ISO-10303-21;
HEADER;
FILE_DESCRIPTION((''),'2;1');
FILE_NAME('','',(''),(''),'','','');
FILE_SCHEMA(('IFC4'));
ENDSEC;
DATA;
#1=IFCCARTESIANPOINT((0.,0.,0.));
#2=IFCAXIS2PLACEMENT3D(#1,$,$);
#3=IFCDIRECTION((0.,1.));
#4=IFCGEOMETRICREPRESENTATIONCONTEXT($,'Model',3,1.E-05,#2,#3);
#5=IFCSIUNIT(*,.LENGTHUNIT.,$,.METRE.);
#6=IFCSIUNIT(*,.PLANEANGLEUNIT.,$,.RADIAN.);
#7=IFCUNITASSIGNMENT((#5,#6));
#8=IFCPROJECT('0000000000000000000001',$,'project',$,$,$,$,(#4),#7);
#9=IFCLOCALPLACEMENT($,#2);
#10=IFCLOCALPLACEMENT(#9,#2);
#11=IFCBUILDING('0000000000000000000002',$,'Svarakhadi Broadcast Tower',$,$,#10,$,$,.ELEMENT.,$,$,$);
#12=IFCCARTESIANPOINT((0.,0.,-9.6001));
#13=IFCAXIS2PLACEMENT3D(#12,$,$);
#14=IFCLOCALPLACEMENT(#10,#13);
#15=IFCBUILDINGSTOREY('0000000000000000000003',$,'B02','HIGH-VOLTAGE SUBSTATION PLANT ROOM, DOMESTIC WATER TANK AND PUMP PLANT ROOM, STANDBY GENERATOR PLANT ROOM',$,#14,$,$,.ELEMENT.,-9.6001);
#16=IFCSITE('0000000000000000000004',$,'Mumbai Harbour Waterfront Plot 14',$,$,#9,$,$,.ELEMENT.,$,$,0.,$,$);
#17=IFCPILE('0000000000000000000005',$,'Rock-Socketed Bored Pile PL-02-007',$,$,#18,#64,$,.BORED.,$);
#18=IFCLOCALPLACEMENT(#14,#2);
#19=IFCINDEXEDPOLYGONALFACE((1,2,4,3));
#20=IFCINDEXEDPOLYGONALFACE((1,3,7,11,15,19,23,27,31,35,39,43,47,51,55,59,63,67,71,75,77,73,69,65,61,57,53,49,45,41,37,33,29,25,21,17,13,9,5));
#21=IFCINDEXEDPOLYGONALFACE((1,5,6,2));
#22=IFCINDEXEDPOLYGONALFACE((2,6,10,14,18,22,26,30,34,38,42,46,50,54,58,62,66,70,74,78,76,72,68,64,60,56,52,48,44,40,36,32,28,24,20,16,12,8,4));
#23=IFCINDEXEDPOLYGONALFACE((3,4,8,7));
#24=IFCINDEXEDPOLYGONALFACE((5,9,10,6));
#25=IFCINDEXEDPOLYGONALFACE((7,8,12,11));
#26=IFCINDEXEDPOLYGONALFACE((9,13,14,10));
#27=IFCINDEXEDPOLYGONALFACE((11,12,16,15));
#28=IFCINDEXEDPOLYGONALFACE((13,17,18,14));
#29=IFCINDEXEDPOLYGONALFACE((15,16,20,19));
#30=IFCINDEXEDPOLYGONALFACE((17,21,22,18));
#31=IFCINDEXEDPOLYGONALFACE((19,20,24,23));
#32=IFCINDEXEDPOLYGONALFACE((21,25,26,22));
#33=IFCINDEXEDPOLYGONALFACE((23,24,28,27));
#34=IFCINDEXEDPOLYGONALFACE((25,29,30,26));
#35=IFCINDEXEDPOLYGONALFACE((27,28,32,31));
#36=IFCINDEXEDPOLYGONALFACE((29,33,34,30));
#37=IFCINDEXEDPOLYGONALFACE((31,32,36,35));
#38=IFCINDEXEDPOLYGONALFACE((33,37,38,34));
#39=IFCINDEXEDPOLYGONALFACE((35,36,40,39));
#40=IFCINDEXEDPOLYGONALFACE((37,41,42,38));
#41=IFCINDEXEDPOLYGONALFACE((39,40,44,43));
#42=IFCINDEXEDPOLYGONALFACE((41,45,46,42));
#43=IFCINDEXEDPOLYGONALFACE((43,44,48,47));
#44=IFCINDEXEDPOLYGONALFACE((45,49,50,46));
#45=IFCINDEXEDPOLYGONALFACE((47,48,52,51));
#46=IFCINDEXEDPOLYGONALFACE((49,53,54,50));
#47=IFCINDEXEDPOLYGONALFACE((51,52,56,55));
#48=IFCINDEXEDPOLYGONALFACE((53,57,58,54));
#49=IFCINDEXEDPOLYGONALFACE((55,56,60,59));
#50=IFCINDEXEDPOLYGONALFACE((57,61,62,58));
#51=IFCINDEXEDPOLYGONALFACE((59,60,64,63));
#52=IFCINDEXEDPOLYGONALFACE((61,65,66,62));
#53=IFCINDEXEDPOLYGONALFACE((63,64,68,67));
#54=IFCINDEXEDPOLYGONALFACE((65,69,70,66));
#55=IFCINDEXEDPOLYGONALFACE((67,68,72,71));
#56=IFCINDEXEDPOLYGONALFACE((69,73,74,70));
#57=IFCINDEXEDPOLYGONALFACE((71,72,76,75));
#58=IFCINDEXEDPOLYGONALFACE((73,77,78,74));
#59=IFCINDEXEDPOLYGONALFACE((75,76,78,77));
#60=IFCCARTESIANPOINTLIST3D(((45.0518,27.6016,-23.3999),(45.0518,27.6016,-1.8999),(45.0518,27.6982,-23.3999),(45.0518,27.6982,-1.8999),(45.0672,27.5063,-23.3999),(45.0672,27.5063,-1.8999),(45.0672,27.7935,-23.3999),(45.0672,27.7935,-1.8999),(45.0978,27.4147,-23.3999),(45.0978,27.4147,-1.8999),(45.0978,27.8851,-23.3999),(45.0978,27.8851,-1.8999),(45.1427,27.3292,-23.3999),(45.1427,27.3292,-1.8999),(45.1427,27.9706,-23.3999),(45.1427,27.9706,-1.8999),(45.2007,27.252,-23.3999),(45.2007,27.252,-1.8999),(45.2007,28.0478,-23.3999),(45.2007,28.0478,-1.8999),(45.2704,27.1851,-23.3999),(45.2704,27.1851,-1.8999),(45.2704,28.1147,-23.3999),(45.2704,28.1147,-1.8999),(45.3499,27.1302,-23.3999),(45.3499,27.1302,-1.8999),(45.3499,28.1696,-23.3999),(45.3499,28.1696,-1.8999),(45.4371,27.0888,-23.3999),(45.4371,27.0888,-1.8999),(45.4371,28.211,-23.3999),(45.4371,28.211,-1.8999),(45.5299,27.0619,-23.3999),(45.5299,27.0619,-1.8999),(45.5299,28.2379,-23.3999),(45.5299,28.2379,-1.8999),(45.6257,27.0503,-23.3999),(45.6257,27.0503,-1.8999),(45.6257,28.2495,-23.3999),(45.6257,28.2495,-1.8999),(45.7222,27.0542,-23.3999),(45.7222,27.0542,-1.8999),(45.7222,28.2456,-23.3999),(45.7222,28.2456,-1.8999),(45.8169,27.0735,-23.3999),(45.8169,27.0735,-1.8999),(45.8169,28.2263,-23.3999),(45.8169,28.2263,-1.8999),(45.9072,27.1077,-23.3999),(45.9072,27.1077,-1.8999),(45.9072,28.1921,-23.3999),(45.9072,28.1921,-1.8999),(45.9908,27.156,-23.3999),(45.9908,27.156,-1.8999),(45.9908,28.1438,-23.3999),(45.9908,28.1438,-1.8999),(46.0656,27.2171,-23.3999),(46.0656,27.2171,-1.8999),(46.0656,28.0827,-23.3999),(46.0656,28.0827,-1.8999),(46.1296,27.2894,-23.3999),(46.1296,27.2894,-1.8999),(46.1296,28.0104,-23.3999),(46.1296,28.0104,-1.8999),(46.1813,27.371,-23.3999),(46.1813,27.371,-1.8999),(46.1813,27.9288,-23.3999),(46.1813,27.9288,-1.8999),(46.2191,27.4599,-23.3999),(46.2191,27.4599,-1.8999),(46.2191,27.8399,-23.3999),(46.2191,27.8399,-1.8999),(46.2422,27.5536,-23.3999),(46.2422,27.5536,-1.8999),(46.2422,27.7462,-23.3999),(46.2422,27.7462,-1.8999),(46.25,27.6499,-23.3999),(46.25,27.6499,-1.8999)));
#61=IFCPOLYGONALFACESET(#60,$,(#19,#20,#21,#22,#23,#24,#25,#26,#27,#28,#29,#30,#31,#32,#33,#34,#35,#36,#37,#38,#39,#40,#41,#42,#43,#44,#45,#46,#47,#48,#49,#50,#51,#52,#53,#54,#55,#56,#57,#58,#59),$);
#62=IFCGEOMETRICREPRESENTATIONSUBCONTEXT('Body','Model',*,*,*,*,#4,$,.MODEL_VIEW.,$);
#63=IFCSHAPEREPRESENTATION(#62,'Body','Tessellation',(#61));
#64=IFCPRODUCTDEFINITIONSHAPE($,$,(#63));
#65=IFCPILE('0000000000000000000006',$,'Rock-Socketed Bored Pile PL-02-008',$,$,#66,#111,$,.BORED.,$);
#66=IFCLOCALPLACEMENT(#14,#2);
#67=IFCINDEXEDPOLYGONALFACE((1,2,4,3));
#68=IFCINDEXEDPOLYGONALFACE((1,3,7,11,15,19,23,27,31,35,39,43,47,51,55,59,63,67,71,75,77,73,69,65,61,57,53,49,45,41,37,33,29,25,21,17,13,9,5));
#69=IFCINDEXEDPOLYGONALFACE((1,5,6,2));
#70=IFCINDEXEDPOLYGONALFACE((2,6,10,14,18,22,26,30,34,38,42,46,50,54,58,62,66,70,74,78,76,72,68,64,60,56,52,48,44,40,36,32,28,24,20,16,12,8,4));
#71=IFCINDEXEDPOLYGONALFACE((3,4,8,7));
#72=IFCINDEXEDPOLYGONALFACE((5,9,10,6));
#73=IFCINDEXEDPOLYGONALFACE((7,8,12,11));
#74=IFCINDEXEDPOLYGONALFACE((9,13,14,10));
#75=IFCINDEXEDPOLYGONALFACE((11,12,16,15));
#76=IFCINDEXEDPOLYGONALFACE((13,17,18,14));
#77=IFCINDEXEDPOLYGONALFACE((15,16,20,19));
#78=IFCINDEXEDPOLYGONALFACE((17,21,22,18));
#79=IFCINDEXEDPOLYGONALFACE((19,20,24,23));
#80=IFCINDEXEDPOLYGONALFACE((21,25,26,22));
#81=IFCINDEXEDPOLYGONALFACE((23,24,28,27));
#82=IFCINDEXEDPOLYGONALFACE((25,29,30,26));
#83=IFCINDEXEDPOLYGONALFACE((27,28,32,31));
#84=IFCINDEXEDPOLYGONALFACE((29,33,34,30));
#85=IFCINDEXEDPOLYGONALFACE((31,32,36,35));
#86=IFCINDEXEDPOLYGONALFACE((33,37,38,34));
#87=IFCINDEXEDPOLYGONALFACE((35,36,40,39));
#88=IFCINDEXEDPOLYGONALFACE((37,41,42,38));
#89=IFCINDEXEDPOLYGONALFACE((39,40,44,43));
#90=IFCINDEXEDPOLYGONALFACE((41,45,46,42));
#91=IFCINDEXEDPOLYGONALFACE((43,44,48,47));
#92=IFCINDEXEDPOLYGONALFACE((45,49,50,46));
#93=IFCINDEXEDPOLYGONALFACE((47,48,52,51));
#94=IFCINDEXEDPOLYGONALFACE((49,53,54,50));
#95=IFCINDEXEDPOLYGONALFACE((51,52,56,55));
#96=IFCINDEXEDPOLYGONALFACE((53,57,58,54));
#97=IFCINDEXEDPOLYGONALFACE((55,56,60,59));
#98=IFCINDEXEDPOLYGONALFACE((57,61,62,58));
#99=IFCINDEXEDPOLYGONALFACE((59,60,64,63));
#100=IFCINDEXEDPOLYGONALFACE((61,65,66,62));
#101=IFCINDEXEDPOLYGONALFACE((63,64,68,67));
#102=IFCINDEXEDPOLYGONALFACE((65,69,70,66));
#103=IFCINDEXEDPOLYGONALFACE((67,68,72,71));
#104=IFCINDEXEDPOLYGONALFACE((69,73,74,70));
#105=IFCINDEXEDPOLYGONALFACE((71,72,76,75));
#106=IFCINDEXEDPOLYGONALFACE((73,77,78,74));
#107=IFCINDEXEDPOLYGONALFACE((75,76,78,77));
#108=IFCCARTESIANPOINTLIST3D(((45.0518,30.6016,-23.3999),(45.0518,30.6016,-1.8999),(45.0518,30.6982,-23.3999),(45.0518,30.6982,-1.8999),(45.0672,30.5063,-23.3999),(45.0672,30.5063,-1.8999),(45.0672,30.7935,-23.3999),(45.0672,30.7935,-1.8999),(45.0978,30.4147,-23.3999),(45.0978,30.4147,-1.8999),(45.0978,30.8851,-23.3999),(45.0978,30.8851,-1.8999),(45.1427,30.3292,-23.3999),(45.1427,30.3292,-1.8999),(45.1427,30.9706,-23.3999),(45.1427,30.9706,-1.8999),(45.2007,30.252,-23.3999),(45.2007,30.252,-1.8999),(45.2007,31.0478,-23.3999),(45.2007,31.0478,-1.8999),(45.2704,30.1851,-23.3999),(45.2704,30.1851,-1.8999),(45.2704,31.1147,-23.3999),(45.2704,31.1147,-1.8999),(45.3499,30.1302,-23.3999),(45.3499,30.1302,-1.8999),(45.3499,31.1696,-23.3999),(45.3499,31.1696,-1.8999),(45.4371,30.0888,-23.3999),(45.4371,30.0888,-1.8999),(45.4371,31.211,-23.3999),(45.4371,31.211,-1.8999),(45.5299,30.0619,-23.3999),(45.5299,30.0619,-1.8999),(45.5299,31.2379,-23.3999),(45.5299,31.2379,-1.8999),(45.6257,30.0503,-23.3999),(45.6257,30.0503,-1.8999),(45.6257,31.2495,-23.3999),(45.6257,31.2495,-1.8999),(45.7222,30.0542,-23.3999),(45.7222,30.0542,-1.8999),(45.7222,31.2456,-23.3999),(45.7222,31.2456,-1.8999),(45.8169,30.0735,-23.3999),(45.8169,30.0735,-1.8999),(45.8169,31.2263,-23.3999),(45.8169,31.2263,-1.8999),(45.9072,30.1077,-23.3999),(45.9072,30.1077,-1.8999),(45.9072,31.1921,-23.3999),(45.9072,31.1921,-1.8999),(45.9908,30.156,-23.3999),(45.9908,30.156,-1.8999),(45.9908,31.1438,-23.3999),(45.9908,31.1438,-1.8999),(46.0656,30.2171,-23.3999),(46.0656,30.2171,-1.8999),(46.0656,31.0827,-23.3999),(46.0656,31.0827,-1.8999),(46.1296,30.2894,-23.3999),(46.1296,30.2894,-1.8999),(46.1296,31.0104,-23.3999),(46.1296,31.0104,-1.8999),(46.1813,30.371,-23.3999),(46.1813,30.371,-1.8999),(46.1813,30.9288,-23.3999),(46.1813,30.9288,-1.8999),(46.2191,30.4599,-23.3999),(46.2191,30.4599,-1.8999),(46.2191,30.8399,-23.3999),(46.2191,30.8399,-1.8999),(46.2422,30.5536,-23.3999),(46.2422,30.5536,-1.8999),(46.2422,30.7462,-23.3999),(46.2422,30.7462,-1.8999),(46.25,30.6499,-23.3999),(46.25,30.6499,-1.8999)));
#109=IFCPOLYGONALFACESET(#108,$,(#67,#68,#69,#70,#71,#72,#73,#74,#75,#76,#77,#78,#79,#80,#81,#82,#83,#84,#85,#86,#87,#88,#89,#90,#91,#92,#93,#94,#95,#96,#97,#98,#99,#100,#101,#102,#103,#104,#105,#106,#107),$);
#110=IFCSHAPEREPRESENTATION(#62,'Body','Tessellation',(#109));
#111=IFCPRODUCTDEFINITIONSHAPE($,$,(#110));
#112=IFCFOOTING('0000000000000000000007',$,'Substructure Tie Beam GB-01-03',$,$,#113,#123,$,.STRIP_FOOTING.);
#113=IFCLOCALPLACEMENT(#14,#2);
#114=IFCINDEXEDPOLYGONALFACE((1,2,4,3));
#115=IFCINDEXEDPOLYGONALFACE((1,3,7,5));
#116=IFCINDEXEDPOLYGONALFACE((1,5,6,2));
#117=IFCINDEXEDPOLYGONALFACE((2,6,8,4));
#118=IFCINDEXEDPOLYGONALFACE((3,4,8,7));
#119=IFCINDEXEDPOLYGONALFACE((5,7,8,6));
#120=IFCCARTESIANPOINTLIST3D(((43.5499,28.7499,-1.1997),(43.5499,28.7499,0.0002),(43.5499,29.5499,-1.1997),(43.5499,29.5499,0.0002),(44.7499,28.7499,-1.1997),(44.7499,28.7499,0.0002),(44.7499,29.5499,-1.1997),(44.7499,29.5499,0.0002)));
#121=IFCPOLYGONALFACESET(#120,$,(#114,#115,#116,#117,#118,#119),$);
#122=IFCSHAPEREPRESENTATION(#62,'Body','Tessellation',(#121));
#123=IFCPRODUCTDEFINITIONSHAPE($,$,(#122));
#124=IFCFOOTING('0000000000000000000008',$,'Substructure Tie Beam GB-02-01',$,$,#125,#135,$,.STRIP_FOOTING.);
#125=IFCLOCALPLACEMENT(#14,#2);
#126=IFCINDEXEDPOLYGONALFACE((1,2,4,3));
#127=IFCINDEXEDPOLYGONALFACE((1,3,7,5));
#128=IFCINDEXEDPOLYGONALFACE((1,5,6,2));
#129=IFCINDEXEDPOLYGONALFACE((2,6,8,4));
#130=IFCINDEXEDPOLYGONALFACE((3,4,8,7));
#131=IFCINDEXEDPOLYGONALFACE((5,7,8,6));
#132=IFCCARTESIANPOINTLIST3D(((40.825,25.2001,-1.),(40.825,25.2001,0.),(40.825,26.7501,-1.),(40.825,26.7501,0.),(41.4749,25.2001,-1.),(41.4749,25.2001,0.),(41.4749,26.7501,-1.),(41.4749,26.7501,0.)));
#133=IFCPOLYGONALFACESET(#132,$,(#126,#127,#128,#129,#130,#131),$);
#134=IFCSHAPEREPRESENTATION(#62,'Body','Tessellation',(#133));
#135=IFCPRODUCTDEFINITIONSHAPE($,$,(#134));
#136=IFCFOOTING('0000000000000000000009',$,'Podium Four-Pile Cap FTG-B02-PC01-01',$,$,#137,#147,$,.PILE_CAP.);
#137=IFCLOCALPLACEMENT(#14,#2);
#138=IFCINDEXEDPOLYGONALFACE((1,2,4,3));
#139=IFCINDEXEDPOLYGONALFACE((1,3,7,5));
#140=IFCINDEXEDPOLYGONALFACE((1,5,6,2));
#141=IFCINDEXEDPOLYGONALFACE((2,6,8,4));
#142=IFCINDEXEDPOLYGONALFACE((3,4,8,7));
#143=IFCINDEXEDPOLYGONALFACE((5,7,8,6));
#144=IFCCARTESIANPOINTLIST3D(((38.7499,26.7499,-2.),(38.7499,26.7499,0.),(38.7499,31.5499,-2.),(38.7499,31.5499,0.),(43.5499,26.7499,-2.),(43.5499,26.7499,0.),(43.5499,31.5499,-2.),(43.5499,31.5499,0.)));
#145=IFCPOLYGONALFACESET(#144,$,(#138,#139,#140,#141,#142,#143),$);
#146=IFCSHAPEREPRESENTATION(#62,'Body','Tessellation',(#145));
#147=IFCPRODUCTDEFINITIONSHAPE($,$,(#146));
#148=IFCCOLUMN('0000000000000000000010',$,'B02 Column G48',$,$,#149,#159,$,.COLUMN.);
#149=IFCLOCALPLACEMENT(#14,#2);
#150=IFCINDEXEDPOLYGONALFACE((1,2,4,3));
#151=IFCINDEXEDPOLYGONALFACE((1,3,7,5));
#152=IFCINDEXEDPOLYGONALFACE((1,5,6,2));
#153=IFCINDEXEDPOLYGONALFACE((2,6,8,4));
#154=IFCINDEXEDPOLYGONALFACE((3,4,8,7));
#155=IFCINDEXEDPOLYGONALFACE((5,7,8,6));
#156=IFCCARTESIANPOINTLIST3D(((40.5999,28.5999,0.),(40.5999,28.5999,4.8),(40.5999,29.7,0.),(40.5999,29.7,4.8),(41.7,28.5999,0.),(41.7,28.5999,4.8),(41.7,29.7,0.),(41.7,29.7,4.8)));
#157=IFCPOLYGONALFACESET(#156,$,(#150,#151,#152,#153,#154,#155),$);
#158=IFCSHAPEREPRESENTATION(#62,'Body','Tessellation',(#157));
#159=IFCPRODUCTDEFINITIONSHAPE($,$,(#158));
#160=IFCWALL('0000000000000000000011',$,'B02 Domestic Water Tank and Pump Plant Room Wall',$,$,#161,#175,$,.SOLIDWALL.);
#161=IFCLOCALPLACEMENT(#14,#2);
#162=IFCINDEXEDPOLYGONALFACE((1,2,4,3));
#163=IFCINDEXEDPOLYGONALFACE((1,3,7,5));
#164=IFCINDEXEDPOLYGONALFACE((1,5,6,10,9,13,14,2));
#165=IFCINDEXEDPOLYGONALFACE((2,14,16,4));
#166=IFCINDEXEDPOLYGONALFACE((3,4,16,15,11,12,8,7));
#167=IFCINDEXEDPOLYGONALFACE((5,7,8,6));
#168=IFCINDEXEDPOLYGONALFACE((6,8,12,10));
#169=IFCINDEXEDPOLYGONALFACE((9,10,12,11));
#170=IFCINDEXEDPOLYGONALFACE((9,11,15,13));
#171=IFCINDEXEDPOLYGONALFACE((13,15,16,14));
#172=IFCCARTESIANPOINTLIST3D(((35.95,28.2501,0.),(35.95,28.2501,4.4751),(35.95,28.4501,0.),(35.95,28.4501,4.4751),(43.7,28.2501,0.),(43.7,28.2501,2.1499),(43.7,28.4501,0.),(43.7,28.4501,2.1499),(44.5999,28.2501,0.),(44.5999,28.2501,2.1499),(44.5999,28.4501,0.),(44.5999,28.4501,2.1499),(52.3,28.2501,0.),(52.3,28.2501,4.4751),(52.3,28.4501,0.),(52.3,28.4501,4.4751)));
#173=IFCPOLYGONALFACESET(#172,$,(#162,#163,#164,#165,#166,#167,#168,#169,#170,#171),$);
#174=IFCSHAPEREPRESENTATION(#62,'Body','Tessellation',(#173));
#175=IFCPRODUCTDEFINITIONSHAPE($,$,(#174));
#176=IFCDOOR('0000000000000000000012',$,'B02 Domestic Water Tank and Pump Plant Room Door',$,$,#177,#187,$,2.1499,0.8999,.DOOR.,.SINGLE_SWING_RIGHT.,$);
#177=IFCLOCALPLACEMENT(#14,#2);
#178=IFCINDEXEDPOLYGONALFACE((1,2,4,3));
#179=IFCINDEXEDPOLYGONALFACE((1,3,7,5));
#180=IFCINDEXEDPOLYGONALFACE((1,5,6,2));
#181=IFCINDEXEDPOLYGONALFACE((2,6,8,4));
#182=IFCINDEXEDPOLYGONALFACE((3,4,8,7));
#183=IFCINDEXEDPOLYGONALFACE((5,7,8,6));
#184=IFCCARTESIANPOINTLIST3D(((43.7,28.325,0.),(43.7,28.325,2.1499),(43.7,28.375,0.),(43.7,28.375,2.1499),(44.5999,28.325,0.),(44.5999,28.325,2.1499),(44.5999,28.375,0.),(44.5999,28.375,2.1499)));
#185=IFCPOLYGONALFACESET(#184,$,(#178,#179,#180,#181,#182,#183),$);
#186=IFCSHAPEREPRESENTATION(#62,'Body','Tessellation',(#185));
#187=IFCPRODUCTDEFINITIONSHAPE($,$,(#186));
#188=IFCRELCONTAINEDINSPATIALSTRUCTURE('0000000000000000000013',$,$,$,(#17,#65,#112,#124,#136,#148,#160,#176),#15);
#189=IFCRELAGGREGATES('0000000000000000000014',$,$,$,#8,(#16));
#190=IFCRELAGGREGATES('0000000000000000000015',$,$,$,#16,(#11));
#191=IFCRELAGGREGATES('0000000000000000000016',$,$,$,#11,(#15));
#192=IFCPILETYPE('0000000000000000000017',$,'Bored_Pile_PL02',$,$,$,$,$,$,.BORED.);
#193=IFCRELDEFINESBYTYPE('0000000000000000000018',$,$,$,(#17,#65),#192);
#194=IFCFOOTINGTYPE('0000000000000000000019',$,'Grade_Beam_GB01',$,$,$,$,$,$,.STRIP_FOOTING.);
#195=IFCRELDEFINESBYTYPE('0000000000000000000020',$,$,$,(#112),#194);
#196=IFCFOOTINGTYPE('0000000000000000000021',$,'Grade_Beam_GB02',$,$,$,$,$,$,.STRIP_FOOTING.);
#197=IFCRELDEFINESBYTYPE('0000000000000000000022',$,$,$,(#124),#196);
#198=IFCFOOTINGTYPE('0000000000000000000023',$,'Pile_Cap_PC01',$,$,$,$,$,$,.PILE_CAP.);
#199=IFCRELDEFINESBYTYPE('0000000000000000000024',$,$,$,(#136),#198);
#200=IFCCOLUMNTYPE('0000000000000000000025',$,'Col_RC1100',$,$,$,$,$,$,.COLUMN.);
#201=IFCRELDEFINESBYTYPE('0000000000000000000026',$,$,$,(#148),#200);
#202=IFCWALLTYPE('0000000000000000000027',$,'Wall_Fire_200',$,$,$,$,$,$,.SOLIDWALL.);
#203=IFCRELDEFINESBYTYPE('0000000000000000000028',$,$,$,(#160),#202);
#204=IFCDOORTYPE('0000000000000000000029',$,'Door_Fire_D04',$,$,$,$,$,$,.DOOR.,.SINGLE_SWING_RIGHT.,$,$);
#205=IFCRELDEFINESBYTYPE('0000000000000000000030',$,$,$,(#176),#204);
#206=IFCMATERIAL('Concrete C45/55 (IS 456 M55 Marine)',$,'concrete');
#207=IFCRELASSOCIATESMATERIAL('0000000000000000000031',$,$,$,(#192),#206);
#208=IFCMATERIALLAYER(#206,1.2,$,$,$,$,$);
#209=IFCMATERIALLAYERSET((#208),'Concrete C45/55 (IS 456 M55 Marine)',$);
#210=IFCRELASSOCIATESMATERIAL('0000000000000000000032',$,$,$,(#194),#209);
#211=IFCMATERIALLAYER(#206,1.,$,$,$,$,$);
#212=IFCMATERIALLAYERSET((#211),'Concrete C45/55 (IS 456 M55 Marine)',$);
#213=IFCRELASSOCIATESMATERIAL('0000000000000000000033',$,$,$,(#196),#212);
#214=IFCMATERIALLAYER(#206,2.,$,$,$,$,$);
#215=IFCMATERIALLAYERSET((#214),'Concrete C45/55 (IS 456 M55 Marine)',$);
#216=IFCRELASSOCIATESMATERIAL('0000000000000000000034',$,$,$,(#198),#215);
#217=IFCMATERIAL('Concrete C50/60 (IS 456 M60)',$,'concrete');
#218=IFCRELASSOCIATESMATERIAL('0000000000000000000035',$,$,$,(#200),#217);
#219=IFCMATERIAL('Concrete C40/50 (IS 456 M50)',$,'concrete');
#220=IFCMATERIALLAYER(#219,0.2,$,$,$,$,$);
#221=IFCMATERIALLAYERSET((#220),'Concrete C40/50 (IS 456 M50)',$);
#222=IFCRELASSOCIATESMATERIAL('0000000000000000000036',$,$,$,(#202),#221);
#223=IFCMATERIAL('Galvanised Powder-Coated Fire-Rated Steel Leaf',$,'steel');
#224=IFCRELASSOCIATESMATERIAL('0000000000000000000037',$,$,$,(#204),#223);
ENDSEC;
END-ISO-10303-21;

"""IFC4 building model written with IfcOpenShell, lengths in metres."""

from ifc_helpers import new_model, si_unit, direction, frame, frame_2d, origin, origin_2d, place, context, subcontext, project, spatial, rectangle, circle, extrude, material, layer, layer_set, material_profile, profile_set, type_object, element, fill, save


model = new_model("IFC4")

# Units and contexts
model_context = context("Model", 3, precision=1e-05, world=origin(), true_north=direction((0.0, 1.0)))
body_context = subcontext(model_context, "Body", "Model", "MODEL_VIEW")
ifc_project = project(units=[si_unit("LENGTHUNIT", "METRE"), si_unit("PLANEANGLEUNIT", "RADIAN")], contexts=[model_context])

# Site, building, storey
site_placement = place(None, origin())
site = spatial("IfcSite", under=ifc_project, at=site_placement, Name="Mumbai Harbour Waterfront Plot 14", CompositionType="ELEMENT", RefElevation=0.0)
building_placement = place(site_placement, origin())
building = spatial("IfcBuilding", under=site, at=building_placement, Name="Svarakhadi Broadcast Tower", CompositionType="ELEMENT")
storey_placement = place(building_placement, frame((0.0, 0.0, -9.6001)))
storey = spatial("IfcBuildingStorey", under=building, at=storey_placement, Name="B02", Description="HIGH-VOLTAGE SUBSTATION PLANT ROOM, DOMESTIC WATER TANK AND PUMP PLANT ROOM, STANDBY GENERATOR PLANT ROOM", CompositionType="ELEMENT", Elevation=-9.6001)

# Piles
ifc_material_1 = material(Name="Concrete C45/55 (IS 456 M55 Marine)", Category="concrete")
ifc_material_profile_1 = material_profile(ifc_material_1, circle(Radius=0.6001, at=origin_2d()), Name="PILE D1200")
ifc_profile_set_1 = profile_set([ifc_material_profile_1], Name="Concrete C45/55 (IS 456 M55 Marine)")
pile_type = type_object("IfcPileType", Name="Bored_Pile_PL02", PredefinedType="BORED", material=ifc_profile_set_1)
for number, where, z_axis, x_axis, name in (
    (1, (45.6499, 27.6499, -1.8999), (0.0, 0.0, -1.0), (1.0, 0.0, 0.0), "Rock-Socketed Bored Pile PL-02-007"),
    (2, (45.6499, 30.6499, -1.8999), (0.0, 0.0, -1.0), (1.0, 0.0, 0.0), "Rock-Socketed Bored Pile PL-02-008"),
):
    element("IfcPile", number, at=place(storey_placement, frame(where, z_axis=z_axis, x_axis=x_axis)), inside=storey, type_object=pile_type, Name=name, PredefinedType="BORED", context=body_context, shape_type="SweptSolid", body=[
        extrude(circle(Radius=0.6001, at=origin_2d()), origin(), (0.0, 0.0, 1.0), 21.5),
    ])

# Footings
ifc_layer_1 = layer(ifc_material_1, 1.2)
ifc_layer_set_1 = layer_set([ifc_layer_1], Name="Concrete C45/55 (IS 456 M55 Marine)")
footing_type_1 = type_object("IfcFootingType", Name="Grade_Beam_GB01", PredefinedType="STRIP_FOOTING", material=ifc_layer_set_1)
footing_1_placement = place(storey_placement, frame((44.1499, 29.1499, -1.1997), z_axis=(0.0, 0.0, 1.0), x_axis=(1.0, 0.0, 0.0)))
element("IfcFooting", 3, at=footing_1_placement, inside=storey, type_object=footing_type_1, Name="Substructure Tie Beam GB-01-03", PredefinedType="STRIP_FOOTING", context=body_context, shape_type="SweptSolid", body=[
    extrude(rectangle(XDim=1.2, YDim=0.8, at=origin_2d()), origin(), (0.0, 0.0, 1.0), 1.2),
])
ifc_layer_2 = layer(ifc_material_1, 1.0)
ifc_layer_set_2 = layer_set([ifc_layer_2], Name="Concrete C45/55 (IS 456 M55 Marine)")
footing_type_2 = type_object("IfcFootingType", Name="Grade_Beam_GB02", PredefinedType="STRIP_FOOTING", material=ifc_layer_set_2)
footing_2_placement = place(storey_placement, frame((41.1499, 25.9751, -1.0), z_axis=(0.0, 0.0, 1.0), x_axis=(1.0, 0.0, 0.0)))
element("IfcFooting", 4, at=footing_2_placement, inside=storey, type_object=footing_type_2, Name="Substructure Tie Beam GB-02-01", PredefinedType="STRIP_FOOTING", context=body_context, shape_type="SweptSolid", body=[
    extrude(rectangle(XDim=0.6499, YDim=1.55, at=origin_2d()), origin(), (0.0, 0.0, 1.0), 1.0),
])
ifc_layer_3 = layer(ifc_material_1, 2.0)
ifc_layer_set_3 = layer_set([ifc_layer_3], Name="Concrete C45/55 (IS 456 M55 Marine)")
footing_type_3 = type_object("IfcFootingType", Name="Pile_Cap_PC01", PredefinedType="PILE_CAP", material=ifc_layer_set_3)
footing_3_placement = place(storey_placement, frame((41.1499, 29.1499, -2.0), z_axis=(0.0, 0.0, 1.0), x_axis=(1.0, 0.0, 0.0)))
element("IfcFooting", 5, at=footing_3_placement, inside=storey, type_object=footing_type_3, Name="Podium Four-Pile Cap FTG-B02-PC01-01", PredefinedType="PILE_CAP", context=body_context, shape_type="SweptSolid", body=[
    extrude(rectangle(XDim=4.8, YDim=4.8, at=origin_2d()), origin(), (0.0, 0.0, 1.0), 2.0),
])

# Column
ifc_material_2 = material(Name="Concrete C50/60 (IS 456 M60)", Category="concrete")
ifc_material_profile_2 = material_profile(ifc_material_2, rectangle(XDim=1.1001, YDim=1.1001, at=origin_2d()), Name="RC 1100x1100")
ifc_profile_set_2 = profile_set([ifc_material_profile_2], Name="Concrete C50/60 (IS 456 M60)")
column_type = type_object("IfcColumnType", Name="Col_RC1100", PredefinedType="COLUMN", material=ifc_profile_set_2)
column_placement = place(storey_placement, frame((41.1499, 29.1499, 0.0), z_axis=(0.0, 0.0, 1.0), x_axis=(1.0, 0.0, 0.0)))
element("IfcColumn", 6, at=column_placement, inside=storey, type_object=column_type, Name="B02 Column G48", PredefinedType="COLUMN", context=body_context, shape_type="SweptSolid", body=[
    extrude(rectangle(XDim=1.1001, YDim=1.1001, at=origin_2d()), origin(), (0.0, 0.0, 1.0), 4.8),
])

# Wall, opening, door
ifc_material_3 = material(Name="Concrete C40/50 (IS 456 M50)", Category="concrete")
ifc_layer_4 = layer(ifc_material_3, 0.2)
ifc_layer_set_4 = layer_set([ifc_layer_4], Name="Concrete C40/50 (IS 456 M50)")
wall_type_1 = type_object("IfcWallType", Name="Wall_Fire_200", PredefinedType="SOLIDWALL", material=ifc_layer_set_4)
wall_1_placement = place(storey_placement, frame((35.95, 28.3501, 0.0), z_axis=(0.0, 0.0, 1.0), x_axis=(1.0, 0.0, 0.0)))
wall_1 = element("IfcWall", 7, at=wall_1_placement, inside=storey, type_object=wall_type_1, Name="B02 Domestic Water Tank and Pump Plant Room Wall", PredefinedType="SOLIDWALL", context=body_context, shape_type="SweptSolid", body=[
    extrude(rectangle(XDim=16.3501, YDim=0.2, at=frame_2d((8.175, 0.0))), origin(), (0.0, 0.0, 1.0), 4.4751),
])
opening_placement = place(wall_1_placement, frame((7.75, 0.0, 0.0)))
opening = element("IfcOpeningElement", 8, at=opening_placement, cuts=wall_1, PredefinedType="OPENING", context=body_context, shape_type="SweptSolid", body=[
    extrude(rectangle(XDim=0.8999, YDim=2.1499, at=frame_2d((0.45, 1.075))), frame((0.0, 0.1099, 0.0), z_axis=(0.0, -1.0, 0.0), x_axis=(1.0, 0.0, 0.0)), (0.0, 0.0, 1.0), 0.22),
])
ifc_material_4 = material(Name="Galvanised Powder-Coated Fire-Rated Steel Leaf", Category="steel")
door_type = type_object("IfcDoorType", Name="Door_Fire_D04", OperationType="SINGLE_SWING_RIGHT", PredefinedType="DOOR", material=ifc_material_4)
door_placement = place(opening_placement, origin())
door = element("IfcDoor", 9, at=door_placement, inside=storey, type_object=door_type, Name="B02 Domestic Water Tank and Pump Plant Room Door", OperationType="SINGLE_SWING_RIGHT", OverallHeight=2.1499, OverallWidth=0.8999, PredefinedType="DOOR", context=body_context, shape_type="SweptSolid", body=[
    extrude(rectangle(XDim=0.8999, YDim=2.1499, at=frame_2d((0.45, 1.075))), frame((0.0, 0.0249, 0.0), z_axis=(0.0, -1.0, 0.0), x_axis=(1.0, 0.0, 0.0)), (0.0, 0.0, 1.0), 0.05),
])
fill(opening, door)

save(model, "model.ifc")
